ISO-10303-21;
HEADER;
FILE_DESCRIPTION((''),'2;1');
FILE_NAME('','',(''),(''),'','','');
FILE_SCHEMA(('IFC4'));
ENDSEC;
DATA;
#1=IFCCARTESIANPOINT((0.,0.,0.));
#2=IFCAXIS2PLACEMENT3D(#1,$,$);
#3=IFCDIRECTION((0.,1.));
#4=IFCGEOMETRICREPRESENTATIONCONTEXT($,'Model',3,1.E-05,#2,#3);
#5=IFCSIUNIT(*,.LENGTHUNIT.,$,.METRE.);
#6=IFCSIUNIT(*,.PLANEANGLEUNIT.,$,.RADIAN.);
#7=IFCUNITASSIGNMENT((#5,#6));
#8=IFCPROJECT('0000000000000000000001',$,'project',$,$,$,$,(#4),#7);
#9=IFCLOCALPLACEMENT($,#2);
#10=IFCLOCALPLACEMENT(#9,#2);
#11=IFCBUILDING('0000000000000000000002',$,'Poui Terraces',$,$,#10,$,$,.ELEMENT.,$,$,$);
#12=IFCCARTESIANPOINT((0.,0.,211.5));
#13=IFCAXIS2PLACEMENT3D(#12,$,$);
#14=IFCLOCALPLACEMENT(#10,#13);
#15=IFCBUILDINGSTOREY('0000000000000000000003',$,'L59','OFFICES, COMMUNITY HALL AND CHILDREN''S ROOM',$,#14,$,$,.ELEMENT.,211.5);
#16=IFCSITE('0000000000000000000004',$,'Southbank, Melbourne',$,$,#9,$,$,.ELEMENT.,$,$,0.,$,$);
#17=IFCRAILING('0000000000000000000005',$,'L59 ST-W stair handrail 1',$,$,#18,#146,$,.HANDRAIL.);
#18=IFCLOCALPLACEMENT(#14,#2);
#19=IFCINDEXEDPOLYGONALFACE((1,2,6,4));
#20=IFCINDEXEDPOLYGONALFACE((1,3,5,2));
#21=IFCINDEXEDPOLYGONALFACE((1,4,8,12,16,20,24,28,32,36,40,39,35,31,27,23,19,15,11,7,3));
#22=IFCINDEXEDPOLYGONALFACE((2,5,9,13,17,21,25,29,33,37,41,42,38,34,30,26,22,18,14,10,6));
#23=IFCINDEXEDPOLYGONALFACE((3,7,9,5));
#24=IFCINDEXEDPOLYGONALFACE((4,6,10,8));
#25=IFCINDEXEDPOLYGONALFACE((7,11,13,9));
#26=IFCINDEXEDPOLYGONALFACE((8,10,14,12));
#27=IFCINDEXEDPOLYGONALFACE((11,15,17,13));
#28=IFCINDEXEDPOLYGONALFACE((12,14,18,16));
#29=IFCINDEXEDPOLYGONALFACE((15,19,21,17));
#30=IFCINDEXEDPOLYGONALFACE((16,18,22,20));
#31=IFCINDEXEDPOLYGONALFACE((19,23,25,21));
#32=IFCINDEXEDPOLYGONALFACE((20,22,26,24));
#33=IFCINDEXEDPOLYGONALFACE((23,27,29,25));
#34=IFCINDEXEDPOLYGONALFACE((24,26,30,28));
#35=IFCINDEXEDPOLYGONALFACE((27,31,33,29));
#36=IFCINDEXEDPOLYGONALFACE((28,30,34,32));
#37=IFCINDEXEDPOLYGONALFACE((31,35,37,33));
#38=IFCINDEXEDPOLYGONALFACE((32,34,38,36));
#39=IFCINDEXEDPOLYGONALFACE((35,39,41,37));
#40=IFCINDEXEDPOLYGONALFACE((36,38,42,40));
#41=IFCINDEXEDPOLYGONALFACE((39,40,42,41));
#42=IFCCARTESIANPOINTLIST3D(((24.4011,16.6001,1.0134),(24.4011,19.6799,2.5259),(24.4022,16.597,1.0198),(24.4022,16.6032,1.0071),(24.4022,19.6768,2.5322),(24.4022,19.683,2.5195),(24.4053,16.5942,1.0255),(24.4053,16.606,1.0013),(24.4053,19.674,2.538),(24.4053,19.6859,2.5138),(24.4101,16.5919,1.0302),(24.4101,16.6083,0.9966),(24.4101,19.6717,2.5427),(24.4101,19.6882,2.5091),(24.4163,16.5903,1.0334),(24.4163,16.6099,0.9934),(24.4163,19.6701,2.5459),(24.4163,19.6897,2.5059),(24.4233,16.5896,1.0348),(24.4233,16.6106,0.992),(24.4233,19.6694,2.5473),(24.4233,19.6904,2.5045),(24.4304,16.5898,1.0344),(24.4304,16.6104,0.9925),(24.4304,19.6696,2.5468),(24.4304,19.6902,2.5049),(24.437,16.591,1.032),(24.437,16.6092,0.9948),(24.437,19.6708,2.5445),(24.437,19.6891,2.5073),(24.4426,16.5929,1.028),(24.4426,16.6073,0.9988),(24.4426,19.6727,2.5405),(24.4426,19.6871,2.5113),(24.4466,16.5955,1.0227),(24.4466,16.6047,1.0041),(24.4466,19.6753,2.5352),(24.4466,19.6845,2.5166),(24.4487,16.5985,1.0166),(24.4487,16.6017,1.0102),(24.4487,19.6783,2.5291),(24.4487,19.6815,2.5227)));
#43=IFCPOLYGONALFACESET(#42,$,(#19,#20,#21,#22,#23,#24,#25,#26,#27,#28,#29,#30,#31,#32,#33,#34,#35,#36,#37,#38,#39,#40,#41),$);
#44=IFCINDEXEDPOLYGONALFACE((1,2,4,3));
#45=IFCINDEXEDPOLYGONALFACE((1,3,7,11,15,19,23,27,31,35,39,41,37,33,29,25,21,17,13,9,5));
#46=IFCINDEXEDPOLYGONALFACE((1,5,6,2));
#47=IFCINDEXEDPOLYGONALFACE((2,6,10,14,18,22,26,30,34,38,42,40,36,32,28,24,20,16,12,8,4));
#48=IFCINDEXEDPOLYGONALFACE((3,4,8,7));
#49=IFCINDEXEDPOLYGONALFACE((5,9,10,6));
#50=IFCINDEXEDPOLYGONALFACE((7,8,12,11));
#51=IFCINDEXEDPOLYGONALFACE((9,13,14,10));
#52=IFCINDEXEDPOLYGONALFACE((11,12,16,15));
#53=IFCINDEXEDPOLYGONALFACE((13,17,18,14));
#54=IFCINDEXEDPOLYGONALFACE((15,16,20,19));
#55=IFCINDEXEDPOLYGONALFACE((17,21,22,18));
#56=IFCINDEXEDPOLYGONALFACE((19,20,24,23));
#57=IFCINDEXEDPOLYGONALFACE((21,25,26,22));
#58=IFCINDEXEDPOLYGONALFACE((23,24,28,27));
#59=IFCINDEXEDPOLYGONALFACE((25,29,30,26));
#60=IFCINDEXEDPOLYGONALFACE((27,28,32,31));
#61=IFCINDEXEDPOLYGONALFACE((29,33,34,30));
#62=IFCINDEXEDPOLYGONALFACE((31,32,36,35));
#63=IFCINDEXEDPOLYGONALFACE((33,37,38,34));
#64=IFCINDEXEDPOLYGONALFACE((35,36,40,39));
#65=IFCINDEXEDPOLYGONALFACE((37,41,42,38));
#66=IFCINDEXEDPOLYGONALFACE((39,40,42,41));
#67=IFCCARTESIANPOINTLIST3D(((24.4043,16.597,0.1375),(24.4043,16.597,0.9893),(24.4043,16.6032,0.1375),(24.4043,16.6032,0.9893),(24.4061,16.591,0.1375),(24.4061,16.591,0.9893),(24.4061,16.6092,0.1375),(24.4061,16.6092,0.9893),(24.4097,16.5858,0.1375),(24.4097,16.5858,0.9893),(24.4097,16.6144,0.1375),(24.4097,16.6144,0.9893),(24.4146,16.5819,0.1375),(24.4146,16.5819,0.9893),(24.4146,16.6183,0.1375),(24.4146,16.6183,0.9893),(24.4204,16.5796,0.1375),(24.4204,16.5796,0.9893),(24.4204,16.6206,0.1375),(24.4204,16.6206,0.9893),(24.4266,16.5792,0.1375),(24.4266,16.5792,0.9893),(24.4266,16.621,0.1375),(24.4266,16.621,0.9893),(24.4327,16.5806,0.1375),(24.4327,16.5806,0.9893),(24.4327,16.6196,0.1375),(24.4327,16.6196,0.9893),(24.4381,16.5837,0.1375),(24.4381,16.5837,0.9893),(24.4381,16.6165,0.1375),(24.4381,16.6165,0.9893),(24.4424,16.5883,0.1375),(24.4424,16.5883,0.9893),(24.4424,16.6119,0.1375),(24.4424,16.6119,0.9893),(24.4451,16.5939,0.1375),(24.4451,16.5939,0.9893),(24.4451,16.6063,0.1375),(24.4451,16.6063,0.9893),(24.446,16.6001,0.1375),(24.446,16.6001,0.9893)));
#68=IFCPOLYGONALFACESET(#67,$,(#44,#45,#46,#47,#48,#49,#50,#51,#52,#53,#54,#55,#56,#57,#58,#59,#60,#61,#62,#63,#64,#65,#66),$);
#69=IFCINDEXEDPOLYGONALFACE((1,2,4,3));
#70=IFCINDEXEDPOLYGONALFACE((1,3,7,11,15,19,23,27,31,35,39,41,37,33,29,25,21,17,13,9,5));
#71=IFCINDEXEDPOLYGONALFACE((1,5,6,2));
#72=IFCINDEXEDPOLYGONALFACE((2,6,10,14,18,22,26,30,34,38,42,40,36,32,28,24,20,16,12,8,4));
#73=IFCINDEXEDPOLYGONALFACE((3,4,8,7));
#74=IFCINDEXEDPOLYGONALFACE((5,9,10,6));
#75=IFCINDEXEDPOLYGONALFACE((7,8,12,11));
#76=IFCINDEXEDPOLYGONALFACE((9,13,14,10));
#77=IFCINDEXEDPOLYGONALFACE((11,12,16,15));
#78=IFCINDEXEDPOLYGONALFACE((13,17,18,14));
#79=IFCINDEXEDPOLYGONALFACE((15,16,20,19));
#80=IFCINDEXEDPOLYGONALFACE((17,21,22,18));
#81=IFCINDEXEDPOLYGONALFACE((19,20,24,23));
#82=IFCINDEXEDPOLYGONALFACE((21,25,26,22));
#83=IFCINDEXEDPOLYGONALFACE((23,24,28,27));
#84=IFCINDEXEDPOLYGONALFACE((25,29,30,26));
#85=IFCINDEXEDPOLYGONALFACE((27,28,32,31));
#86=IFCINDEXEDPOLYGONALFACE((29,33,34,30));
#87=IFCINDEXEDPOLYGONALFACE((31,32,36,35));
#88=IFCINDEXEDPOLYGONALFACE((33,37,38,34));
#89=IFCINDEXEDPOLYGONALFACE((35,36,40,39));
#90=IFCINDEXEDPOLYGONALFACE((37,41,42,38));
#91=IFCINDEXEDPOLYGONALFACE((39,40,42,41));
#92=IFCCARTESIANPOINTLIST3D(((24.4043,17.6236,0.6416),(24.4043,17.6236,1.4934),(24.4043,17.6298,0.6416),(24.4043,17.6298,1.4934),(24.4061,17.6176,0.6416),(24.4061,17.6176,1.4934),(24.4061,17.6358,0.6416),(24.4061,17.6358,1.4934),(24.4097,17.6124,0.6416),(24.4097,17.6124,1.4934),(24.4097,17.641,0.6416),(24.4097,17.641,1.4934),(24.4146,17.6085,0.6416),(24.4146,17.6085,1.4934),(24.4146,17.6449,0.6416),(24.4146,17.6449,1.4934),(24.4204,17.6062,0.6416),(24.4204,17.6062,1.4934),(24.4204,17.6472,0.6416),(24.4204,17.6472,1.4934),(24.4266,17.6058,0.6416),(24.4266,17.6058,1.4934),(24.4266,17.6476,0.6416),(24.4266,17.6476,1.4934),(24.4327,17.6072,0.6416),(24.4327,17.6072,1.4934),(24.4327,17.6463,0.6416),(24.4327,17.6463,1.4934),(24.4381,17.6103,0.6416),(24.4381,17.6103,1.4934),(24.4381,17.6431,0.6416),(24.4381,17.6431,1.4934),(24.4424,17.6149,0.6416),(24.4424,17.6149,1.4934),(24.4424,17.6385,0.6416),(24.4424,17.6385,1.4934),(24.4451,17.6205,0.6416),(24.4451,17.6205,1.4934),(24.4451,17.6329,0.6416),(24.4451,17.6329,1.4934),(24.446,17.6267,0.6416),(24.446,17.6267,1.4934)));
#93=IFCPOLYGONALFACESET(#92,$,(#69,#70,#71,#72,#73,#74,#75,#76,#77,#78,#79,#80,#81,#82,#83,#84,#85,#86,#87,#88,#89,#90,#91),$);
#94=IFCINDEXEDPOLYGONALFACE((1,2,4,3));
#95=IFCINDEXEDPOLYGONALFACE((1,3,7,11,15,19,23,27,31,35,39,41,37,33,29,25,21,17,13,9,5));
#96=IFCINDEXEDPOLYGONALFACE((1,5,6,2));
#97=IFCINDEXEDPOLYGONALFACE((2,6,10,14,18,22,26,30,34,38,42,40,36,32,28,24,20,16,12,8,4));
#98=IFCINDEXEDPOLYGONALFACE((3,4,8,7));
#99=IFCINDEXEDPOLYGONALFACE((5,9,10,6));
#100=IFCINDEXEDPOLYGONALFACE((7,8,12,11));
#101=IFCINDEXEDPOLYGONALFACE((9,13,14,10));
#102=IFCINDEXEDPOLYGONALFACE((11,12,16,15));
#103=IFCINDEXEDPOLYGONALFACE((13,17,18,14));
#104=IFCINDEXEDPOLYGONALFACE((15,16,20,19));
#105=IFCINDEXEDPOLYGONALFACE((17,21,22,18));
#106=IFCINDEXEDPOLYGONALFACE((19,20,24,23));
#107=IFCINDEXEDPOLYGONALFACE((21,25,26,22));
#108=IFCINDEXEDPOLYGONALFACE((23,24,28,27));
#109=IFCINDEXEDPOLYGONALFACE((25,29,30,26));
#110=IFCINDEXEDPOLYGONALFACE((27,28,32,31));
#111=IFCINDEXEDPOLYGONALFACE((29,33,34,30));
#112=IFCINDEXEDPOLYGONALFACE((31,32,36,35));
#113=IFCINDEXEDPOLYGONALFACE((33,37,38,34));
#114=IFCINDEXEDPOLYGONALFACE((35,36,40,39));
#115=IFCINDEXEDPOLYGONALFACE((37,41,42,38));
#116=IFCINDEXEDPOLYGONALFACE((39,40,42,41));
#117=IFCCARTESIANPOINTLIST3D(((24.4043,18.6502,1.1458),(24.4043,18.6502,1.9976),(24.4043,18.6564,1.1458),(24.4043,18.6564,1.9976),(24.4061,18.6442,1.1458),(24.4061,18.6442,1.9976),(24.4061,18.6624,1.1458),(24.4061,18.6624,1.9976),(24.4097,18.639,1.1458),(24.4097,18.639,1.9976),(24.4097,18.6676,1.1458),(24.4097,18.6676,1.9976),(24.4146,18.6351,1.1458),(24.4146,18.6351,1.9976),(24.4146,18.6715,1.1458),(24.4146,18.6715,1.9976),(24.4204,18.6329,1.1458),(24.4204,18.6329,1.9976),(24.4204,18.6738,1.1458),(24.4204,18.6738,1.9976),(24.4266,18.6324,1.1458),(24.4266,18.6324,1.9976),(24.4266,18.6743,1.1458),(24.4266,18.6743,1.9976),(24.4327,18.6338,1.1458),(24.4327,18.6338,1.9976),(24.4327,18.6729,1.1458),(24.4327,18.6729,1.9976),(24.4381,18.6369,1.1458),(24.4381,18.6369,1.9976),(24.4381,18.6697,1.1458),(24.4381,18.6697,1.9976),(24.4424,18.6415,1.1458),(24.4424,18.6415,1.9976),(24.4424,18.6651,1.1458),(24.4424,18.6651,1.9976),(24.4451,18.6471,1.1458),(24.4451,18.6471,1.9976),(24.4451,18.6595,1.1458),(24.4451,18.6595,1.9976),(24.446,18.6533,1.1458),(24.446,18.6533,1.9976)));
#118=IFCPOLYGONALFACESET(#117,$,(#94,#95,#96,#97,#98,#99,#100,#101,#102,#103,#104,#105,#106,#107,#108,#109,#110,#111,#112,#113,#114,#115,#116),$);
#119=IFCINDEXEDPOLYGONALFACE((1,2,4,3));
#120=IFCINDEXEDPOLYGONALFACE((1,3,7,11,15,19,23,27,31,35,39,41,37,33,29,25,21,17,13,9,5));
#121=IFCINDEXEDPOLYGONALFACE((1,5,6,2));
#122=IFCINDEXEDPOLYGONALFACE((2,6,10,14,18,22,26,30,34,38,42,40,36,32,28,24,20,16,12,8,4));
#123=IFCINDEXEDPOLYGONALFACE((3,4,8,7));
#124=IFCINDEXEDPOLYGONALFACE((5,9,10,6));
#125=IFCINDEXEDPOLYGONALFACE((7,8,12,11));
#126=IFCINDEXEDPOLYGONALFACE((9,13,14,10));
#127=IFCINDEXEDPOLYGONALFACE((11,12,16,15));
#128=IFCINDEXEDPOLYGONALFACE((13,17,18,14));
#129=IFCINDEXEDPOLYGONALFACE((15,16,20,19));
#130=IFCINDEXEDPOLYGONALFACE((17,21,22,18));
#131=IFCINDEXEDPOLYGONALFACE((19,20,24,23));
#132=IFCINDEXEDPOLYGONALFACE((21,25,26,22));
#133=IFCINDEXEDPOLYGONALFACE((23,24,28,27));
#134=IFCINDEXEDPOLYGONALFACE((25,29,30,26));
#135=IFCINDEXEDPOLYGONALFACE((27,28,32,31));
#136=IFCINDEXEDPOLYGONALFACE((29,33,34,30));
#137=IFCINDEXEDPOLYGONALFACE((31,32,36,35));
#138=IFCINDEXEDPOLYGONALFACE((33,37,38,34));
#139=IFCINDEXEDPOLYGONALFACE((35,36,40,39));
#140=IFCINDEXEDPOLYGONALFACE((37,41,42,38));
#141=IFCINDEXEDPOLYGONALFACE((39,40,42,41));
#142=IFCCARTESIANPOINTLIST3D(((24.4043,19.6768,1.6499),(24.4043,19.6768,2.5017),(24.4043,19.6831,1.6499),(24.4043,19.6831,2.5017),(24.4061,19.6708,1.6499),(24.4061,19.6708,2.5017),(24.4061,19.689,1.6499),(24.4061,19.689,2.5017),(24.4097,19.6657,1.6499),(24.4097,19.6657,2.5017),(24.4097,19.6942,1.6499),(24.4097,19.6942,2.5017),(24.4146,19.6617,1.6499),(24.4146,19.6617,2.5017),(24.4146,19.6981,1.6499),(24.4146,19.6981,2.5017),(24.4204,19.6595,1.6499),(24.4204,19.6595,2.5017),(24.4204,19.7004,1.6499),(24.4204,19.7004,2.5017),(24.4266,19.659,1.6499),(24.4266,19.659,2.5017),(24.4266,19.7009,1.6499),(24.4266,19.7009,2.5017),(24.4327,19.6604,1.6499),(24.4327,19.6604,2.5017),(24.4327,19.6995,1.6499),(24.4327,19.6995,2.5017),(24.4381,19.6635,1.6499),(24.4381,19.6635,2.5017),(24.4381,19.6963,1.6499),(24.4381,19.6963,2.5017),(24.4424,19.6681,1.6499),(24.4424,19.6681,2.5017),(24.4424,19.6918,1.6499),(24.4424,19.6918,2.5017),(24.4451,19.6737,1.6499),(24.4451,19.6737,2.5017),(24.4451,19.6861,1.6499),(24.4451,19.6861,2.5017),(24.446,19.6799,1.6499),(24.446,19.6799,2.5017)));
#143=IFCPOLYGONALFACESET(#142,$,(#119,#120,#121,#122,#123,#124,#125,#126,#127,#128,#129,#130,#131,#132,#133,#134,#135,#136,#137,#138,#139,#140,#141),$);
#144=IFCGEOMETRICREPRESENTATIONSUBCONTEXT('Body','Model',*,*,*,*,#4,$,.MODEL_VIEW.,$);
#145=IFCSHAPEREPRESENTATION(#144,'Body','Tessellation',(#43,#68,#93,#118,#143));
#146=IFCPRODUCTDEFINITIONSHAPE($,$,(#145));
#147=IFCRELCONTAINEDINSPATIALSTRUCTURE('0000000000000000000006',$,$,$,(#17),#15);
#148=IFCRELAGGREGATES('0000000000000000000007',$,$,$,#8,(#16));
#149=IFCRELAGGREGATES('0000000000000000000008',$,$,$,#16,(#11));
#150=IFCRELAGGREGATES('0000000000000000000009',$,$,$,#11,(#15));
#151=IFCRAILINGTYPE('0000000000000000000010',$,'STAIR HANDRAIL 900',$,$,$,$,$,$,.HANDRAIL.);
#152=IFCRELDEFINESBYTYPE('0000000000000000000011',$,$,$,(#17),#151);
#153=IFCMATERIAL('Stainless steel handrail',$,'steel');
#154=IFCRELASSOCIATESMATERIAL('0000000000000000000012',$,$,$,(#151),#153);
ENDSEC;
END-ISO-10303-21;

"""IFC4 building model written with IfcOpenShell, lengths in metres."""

from ifc_helpers import new_model, si_unit, direction, frame, origin, origin_2d, place, context, subcontext, project, spatial, circle, extrude, material, type_object, element, save


model = new_model("IFC4")

# Units and contexts
model_context = context("Model", 3, precision=1e-05, world=origin(), true_north=direction((0.0, 1.0)))
body_context = subcontext(model_context, "Body", "Model", "MODEL_VIEW")
ifc_project = project(units=[si_unit("LENGTHUNIT", "METRE"), si_unit("PLANEANGLEUNIT", "RADIAN")], contexts=[model_context])

# Site, building, storey
site_placement = place(None, origin())
site = spatial("IfcSite", under=ifc_project, at=site_placement, Name="Southbank, Melbourne", CompositionType="ELEMENT", RefElevation=0.0)
building_placement = place(site_placement, origin())
building = spatial("IfcBuilding", under=site, at=building_placement, Name="Poui Terraces", CompositionType="ELEMENT")
storey_placement = place(building_placement, frame((0.0, 0.0, 211.5)))
storey = spatial("IfcBuildingStorey", under=building, at=storey_placement, Name="L59", Description="OFFICES, COMMUNITY HALL AND CHILDREN'S ROOM", CompositionType="ELEMENT", Elevation=211.5)

# Railing
ifc_material_1 = material(Name="Stainless steel handrail", Category="steel")
railing_type_1 = type_object("IfcRailingType", Name="STAIR HANDRAIL 900", PredefinedType="HANDRAIL", material=ifc_material_1)
railing_1_placement = place(storey_placement, frame((24.425, 16.6001, 0.1375)))
element("IfcRailing", 1, at=railing_1_placement, inside=storey, type_object=railing_type_1, Name="L59 ST-W stair handrail 1", PredefinedType="HANDRAIL", context=body_context, shape_type="SweptSolid", body=[
    extrude(circle(Radius=0.0239, at=origin_2d()), frame((0.0, 0.0, 0.876), z_axis=(0.0, 0.897606, 0.440798), x_axis=(-1.0, 0.0, 0.0)), (0.0, 0.0, 1.0), 3.4312),
    extrude(circle(Radius=0.021, at=origin_2d()), origin(), (0.0, 0.0, 1.0), 0.8518),
    extrude(circle(Radius=0.021, at=origin_2d()), frame((0.0, 1.0266, 0.5042)), (0.0, 0.0, 1.0), 0.8518),
    extrude(circle(Radius=0.021, at=origin_2d()), frame((0.0, 2.0532, 1.0083)), (0.0, 0.0, 1.0), 0.8518),
    extrude(circle(Radius=0.021, at=origin_2d()), frame((0.0, 3.0798, 1.5125)), (0.0, 0.0, 1.0), 0.8518),
])

save(model, "model.ifc")
